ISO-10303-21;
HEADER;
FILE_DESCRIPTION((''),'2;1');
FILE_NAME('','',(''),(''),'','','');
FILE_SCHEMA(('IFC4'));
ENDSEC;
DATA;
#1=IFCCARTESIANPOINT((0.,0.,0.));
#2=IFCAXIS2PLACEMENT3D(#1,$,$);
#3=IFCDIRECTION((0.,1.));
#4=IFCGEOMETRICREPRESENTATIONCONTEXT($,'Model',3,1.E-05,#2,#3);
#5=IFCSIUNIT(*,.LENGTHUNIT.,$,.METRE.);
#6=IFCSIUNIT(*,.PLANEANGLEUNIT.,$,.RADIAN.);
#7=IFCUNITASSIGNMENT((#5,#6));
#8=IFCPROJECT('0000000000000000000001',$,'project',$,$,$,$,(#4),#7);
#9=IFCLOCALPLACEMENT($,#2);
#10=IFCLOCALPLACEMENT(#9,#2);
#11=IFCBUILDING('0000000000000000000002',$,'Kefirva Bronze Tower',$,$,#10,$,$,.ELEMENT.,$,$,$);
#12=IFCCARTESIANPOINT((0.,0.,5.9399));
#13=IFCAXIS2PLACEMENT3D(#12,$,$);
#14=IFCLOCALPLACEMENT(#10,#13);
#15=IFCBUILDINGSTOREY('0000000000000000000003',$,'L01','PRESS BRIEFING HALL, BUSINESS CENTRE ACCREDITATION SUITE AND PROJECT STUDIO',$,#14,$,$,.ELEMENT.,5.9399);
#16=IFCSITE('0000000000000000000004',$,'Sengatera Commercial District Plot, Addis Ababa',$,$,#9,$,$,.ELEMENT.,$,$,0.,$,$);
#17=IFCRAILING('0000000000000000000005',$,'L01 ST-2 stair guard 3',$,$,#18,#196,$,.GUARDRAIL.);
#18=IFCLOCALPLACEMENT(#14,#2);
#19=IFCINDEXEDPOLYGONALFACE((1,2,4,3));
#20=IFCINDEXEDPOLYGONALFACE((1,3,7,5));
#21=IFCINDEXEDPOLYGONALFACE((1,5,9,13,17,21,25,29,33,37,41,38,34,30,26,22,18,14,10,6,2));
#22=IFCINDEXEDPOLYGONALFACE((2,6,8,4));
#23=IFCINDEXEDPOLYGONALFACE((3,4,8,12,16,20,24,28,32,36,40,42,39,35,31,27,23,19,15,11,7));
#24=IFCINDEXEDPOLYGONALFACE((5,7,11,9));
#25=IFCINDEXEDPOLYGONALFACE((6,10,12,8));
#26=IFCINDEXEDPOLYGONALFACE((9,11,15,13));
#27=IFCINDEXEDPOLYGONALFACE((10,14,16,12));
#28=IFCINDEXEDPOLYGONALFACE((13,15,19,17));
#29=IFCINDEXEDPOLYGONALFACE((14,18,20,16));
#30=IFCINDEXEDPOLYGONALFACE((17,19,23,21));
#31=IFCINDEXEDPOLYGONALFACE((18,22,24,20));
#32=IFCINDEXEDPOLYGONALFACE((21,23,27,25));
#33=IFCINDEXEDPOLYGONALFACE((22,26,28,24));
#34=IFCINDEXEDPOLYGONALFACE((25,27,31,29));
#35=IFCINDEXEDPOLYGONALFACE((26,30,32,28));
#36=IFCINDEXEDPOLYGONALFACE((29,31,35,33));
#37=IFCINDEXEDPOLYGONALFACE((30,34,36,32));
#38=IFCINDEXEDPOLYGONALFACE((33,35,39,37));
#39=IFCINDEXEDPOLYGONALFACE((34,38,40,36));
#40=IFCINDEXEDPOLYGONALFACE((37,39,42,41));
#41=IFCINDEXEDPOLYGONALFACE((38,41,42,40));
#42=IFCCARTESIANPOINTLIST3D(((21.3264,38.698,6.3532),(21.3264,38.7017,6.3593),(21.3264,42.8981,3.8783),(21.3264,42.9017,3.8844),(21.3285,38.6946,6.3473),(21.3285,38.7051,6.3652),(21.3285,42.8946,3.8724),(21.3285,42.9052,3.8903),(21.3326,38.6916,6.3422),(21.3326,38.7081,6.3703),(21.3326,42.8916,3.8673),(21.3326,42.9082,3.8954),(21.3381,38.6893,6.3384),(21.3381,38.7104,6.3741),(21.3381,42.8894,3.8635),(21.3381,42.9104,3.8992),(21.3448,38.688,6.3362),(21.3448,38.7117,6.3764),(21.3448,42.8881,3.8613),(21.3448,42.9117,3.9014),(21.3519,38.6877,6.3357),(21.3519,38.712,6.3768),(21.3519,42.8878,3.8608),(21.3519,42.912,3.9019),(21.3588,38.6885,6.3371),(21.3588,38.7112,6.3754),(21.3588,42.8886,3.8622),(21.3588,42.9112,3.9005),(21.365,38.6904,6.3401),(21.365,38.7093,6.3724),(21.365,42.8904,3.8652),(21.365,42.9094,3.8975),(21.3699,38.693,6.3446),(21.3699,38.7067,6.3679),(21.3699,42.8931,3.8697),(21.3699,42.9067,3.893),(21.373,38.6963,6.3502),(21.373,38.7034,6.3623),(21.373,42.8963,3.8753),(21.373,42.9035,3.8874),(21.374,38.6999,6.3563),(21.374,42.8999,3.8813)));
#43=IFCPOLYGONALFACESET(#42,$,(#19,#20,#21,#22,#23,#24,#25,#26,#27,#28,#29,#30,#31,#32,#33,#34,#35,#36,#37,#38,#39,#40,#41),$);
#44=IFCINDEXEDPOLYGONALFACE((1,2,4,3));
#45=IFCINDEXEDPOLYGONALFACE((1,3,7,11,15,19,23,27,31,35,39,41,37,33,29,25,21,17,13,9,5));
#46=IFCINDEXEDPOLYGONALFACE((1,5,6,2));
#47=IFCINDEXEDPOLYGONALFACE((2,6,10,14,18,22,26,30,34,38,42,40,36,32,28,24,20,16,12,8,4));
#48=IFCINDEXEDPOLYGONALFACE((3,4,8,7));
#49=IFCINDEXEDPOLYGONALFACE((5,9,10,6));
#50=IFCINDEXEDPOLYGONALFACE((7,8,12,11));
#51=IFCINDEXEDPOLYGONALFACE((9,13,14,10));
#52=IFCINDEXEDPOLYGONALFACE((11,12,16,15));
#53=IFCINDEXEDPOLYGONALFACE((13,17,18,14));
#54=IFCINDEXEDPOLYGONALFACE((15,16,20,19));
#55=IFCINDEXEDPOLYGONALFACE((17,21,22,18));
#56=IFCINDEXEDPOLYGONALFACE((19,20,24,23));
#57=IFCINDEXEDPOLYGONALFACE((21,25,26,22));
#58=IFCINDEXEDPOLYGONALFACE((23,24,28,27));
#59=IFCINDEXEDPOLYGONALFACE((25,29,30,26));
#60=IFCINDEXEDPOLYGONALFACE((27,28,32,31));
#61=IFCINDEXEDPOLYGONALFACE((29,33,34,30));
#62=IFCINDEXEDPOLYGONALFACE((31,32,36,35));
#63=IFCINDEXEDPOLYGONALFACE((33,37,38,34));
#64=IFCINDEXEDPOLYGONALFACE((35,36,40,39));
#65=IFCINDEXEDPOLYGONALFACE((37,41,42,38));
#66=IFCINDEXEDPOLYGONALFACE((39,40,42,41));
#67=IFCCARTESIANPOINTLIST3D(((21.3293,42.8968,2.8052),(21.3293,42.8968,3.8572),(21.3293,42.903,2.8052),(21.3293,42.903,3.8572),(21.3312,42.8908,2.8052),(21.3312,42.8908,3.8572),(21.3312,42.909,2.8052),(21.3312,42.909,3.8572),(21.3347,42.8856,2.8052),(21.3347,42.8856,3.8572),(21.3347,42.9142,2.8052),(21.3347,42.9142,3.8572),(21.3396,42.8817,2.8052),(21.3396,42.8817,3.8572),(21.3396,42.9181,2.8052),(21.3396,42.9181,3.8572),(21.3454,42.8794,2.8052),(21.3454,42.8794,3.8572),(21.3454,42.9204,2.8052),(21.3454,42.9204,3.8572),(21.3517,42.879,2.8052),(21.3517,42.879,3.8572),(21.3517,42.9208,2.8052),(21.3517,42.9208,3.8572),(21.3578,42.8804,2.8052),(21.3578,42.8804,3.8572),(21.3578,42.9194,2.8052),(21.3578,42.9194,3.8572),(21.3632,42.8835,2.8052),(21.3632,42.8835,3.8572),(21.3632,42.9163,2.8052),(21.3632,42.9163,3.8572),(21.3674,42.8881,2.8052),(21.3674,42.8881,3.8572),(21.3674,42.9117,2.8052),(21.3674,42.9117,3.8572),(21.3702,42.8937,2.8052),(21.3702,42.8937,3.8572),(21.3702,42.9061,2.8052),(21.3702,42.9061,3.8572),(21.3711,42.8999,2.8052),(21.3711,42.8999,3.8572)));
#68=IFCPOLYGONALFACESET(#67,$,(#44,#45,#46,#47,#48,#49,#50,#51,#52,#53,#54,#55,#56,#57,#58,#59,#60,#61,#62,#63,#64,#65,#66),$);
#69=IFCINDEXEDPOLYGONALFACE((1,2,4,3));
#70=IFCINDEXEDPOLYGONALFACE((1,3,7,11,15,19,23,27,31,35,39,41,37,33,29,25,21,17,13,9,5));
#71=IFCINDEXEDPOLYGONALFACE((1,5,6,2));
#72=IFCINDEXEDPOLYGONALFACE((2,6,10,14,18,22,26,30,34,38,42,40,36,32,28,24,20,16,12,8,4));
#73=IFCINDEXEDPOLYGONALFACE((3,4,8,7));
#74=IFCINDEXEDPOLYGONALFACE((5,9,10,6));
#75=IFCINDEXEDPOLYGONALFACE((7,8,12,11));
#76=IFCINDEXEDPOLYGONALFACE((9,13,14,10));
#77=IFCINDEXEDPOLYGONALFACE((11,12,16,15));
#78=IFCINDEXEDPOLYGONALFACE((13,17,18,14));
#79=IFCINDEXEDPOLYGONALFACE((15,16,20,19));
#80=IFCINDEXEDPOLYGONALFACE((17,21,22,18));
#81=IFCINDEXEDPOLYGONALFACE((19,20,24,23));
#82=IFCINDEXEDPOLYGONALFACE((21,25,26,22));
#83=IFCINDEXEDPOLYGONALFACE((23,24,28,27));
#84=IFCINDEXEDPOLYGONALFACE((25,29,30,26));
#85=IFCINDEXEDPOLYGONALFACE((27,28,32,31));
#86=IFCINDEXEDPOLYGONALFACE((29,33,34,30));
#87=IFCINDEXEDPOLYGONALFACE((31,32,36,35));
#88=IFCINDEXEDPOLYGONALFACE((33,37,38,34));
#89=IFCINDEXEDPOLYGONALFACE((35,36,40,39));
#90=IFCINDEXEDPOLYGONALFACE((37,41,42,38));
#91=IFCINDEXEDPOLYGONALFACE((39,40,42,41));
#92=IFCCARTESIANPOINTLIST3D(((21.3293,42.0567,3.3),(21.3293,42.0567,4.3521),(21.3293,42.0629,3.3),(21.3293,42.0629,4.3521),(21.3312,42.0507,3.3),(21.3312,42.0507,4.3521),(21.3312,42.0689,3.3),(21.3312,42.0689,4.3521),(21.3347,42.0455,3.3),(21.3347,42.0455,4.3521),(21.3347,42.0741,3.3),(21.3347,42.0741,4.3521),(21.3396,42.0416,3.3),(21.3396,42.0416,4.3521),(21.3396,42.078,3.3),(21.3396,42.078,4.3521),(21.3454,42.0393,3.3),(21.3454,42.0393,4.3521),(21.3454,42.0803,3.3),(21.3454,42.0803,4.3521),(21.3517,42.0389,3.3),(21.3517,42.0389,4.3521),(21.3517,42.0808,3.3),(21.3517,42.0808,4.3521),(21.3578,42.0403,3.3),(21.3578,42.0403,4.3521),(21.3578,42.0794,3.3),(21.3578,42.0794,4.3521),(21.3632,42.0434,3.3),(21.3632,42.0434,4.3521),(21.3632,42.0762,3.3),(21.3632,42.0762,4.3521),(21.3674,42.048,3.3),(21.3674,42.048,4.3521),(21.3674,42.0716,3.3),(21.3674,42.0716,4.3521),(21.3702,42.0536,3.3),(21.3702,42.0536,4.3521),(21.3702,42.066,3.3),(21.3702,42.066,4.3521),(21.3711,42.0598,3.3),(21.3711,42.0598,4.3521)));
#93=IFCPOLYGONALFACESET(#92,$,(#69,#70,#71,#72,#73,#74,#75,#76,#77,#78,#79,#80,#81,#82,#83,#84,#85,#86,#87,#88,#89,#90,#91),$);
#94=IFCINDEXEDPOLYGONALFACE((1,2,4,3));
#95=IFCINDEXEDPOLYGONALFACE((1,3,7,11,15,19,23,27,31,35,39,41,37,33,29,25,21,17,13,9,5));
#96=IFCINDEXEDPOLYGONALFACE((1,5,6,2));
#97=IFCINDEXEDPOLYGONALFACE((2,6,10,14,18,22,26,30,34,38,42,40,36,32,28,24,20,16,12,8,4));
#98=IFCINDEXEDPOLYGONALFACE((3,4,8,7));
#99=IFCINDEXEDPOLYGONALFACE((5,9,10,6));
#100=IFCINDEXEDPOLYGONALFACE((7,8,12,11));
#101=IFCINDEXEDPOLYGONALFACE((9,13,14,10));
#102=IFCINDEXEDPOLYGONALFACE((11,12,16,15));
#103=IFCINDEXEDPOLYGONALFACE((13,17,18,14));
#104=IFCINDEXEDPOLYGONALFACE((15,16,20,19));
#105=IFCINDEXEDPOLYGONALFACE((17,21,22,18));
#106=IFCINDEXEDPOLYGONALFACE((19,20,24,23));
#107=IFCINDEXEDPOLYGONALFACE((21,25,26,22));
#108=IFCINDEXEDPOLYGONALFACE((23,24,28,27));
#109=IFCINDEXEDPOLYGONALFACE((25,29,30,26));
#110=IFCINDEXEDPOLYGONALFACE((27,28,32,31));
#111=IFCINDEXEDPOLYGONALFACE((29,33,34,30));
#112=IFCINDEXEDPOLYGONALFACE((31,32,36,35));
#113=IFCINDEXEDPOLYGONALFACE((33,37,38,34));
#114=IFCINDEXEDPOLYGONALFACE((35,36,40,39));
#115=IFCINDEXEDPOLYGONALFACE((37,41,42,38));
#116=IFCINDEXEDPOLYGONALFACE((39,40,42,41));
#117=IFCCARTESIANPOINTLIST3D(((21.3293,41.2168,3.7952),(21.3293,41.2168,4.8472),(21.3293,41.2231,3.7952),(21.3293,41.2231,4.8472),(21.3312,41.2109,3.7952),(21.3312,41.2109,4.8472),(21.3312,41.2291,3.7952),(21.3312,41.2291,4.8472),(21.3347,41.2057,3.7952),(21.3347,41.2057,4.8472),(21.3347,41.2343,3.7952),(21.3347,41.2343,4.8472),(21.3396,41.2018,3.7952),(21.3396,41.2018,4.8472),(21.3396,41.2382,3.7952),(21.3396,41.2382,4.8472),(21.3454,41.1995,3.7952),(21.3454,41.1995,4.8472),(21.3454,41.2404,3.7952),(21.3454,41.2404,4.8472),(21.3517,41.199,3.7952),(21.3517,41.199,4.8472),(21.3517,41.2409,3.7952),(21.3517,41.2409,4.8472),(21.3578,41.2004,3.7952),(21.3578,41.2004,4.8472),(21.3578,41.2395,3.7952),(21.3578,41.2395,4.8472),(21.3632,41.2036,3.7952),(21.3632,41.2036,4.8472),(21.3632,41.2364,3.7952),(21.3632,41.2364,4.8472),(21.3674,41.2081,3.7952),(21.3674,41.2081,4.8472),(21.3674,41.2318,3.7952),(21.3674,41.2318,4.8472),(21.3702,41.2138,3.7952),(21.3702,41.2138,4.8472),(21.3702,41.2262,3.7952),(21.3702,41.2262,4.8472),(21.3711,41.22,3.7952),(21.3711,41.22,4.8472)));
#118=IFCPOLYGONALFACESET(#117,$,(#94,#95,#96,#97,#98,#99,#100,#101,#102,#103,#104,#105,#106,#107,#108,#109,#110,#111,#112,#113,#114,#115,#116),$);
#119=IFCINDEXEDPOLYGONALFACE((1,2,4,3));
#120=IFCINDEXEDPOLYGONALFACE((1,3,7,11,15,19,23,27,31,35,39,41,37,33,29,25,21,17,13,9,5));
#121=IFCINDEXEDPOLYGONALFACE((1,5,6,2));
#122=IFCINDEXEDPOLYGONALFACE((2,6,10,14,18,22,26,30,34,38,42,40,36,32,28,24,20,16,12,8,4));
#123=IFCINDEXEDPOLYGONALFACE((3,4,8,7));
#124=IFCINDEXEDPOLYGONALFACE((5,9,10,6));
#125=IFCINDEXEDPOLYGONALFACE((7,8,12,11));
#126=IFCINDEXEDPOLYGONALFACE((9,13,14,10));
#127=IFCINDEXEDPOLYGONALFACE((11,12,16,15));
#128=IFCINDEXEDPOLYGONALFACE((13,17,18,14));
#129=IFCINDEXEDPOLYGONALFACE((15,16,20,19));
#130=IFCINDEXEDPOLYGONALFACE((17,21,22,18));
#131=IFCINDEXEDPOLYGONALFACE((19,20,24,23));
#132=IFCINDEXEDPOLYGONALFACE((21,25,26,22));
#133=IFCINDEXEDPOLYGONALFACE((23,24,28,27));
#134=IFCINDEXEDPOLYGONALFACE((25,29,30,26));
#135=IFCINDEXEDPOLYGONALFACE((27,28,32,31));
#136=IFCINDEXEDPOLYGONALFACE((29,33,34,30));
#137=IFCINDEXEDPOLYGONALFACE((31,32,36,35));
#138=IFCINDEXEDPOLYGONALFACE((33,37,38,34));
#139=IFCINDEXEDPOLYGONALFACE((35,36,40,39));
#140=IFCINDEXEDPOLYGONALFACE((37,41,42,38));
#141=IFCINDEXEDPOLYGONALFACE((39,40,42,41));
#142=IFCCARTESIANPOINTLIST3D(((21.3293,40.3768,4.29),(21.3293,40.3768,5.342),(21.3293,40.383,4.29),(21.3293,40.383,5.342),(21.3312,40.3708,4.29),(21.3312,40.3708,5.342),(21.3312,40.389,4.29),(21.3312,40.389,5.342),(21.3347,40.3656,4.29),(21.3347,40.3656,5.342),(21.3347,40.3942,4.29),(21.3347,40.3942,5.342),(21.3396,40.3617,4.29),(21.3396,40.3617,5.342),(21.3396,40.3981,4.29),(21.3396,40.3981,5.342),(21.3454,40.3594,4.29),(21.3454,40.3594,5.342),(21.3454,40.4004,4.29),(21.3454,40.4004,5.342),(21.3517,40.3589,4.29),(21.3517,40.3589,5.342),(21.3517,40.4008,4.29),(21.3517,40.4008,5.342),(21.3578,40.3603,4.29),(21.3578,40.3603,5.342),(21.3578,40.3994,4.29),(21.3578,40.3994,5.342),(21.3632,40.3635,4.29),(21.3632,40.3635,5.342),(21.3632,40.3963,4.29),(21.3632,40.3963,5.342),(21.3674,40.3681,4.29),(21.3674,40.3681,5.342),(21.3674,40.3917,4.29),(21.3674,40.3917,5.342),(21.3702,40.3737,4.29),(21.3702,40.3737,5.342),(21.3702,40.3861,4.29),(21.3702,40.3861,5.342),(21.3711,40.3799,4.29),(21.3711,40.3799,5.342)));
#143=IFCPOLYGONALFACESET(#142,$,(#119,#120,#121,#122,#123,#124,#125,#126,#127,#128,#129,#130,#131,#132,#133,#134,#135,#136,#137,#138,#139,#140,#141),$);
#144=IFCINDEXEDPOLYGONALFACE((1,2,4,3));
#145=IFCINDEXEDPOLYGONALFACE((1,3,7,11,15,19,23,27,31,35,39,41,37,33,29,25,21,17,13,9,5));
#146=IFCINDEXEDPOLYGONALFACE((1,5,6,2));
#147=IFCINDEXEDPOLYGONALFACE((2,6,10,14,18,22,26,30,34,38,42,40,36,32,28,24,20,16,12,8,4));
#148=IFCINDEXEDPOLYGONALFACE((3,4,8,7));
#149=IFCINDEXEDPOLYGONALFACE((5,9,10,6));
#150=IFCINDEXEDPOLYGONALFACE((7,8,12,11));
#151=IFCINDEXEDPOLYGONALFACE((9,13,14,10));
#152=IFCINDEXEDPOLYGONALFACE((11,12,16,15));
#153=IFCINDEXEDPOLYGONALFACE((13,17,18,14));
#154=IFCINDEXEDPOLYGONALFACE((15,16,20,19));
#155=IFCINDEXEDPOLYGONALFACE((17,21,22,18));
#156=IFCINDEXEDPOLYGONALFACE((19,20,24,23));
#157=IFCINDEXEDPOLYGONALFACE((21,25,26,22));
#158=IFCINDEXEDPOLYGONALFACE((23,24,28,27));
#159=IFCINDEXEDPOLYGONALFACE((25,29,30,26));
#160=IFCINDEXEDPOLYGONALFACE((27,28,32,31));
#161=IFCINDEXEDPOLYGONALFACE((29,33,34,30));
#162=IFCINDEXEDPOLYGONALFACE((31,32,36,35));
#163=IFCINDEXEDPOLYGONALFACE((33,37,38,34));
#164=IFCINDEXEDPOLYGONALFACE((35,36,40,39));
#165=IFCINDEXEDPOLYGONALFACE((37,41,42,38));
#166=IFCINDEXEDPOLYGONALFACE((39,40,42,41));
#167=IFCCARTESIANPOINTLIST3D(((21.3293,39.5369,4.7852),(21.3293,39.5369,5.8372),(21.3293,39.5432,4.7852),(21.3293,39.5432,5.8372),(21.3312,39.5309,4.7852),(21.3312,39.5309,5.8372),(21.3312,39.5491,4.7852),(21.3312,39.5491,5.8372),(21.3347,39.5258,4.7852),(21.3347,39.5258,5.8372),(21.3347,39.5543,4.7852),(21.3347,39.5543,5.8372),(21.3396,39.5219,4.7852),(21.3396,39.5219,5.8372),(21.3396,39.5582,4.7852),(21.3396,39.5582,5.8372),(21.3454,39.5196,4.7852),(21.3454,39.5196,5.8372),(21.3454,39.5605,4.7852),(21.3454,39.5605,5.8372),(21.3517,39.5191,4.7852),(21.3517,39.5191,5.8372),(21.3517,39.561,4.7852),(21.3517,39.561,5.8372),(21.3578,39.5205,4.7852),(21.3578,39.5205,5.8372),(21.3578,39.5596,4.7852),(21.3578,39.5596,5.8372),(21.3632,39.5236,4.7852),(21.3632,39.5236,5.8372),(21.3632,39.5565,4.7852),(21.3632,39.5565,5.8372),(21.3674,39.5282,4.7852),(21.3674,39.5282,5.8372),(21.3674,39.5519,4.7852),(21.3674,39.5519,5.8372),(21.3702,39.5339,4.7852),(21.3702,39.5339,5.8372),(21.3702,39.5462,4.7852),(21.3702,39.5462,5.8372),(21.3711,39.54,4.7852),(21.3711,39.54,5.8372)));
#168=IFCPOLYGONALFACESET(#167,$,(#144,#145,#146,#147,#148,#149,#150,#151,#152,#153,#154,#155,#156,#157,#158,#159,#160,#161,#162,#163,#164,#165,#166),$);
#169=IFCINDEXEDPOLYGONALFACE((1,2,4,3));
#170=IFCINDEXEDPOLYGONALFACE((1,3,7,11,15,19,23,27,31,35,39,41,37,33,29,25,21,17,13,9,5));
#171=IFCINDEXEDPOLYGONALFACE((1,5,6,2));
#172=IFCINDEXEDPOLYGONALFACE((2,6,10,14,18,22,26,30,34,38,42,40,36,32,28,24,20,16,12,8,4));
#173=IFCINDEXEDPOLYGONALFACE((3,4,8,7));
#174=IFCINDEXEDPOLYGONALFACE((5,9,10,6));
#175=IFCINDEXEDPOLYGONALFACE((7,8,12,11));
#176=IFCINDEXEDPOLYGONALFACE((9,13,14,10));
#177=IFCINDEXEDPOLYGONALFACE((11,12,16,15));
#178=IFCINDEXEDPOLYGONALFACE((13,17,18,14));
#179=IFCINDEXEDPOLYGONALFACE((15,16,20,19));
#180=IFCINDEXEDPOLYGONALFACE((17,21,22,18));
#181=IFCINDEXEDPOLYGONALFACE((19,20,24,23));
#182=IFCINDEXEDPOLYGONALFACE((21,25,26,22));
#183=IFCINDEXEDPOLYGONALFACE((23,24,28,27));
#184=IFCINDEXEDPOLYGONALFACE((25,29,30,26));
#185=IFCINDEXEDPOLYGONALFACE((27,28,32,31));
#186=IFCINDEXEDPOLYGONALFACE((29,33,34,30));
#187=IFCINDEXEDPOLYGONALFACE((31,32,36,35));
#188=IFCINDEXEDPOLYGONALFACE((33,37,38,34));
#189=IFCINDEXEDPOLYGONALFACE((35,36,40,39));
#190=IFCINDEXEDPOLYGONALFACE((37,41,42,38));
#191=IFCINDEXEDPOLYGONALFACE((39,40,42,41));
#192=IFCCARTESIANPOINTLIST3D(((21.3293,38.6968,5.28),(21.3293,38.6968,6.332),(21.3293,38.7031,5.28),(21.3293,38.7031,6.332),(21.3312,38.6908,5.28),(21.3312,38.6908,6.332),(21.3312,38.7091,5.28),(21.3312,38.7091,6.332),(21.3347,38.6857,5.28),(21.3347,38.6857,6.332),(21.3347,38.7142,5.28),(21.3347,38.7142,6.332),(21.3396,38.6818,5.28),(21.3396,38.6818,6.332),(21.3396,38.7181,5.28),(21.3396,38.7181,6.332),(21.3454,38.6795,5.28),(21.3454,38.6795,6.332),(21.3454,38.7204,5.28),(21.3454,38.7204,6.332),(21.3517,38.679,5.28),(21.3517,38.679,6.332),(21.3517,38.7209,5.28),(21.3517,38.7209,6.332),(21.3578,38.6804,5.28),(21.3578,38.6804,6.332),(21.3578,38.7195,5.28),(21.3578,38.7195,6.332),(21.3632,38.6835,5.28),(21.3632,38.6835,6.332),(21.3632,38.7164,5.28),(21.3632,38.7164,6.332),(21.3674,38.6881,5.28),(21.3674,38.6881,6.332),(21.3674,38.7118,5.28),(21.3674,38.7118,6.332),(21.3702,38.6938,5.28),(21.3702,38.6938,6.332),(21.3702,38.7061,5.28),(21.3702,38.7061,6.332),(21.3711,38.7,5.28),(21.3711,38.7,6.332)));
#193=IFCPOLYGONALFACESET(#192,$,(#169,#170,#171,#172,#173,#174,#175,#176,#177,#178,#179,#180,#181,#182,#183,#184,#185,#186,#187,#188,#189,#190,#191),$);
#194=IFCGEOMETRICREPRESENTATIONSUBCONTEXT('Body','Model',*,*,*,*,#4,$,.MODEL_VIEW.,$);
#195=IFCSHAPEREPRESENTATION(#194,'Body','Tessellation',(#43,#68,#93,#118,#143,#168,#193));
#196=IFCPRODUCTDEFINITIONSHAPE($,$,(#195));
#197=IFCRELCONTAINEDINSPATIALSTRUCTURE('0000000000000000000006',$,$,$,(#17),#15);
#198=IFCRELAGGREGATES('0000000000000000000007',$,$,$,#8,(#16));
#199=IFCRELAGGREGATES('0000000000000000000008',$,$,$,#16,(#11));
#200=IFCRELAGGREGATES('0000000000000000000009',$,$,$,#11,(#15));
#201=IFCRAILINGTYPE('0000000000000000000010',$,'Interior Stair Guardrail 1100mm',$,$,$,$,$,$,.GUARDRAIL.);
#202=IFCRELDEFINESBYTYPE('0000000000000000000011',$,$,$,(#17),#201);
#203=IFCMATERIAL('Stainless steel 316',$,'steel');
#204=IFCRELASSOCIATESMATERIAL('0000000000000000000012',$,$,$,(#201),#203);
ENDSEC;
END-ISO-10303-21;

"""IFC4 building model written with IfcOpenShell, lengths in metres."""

from ifc_helpers import new_model, si_unit, direction, frame, origin, origin_2d, place, context, subcontext, project, spatial, circle, extrude, material, type_object, element, save


model = new_model("IFC4")

# Units and contexts
model_context = context("Model", 3, precision=1e-05, world=origin(), true_north=direction((0.0, 1.0)))
body_context = subcontext(model_context, "Body", "Model", "MODEL_VIEW")
ifc_project = project(units=[si_unit("LENGTHUNIT", "METRE"), si_unit("PLANEANGLEUNIT", "RADIAN")], contexts=[model_context])

# Site, building, storey
site_placement = place(None, origin())
site = spatial("IfcSite", under=ifc_project, at=site_placement, Name="Sengatera Commercial District Plot, Addis Ababa", CompositionType="ELEMENT", RefElevation=0.0)
building_placement = place(site_placement, origin())
building = spatial("IfcBuilding", under=site, at=building_placement, Name="Kefirva Bronze Tower", CompositionType="ELEMENT")
storey_placement = place(building_placement, frame((0.0, 0.0, 5.9399)))
storey = spatial("IfcBuildingStorey", under=building, at=storey_placement, Name="L01", Description="PRESS BRIEFING HALL, BUSINESS CENTRE ACCREDITATION SUITE AND PROJECT STUDIO", CompositionType="ELEMENT", Elevation=5.9399)

# Railing
ifc_material_1 = material(Name="Stainless steel 316", Category="steel")
railing_type_1 = type_object("IfcRailingType", Name="Interior Stair Guardrail 1100mm", PredefinedType="GUARDRAIL", material=ifc_material_1)
railing_1_placement = place(storey_placement, frame((21.3501, 42.8999, 2.8052)))
element("IfcRailing", 1, at=railing_1_placement, inside=storey, type_object=railing_type_1, Name="L01 ST-2 stair guard 3", PredefinedType="GUARDRAIL", context=body_context, shape_type="SweptSolid", body=[
    extrude(circle(Radius=0.0239, at=origin_2d()), frame((0.0, 0.0, 1.0762), z_axis=(0.0, -0.861549, 0.507674), x_axis=(1.0, 0.0, 0.0)), (0.0, 0.0, 1.0), 4.875),
    extrude(circle(Radius=0.021, at=origin_2d()), origin(), (0.0, 0.0, 1.0), 1.052),
    extrude(circle(Radius=0.021, at=origin_2d()), frame((0.0, -0.8401, 0.4949)), (0.0, 0.0, 1.0), 1.052),
    extrude(circle(Radius=0.021, at=origin_2d()), frame((0.0, -1.6799, 0.99)), (0.0, 0.0, 1.0), 1.052),
    extrude(circle(Radius=0.021, at=origin_2d()), frame((0.0, -2.52, 1.4849)), (0.0, 0.0, 1.0), 1.052),
    extrude(circle(Radius=0.021, at=origin_2d()), frame((0.0, -3.3599, 1.98)), (0.0, 0.0, 1.0), 1.052),
    extrude(circle(Radius=0.021, at=origin_2d()), frame((0.0, -4.2, 2.4749)), (0.0, 0.0, 1.0), 1.052),
])

save(model, "model.ifc")
